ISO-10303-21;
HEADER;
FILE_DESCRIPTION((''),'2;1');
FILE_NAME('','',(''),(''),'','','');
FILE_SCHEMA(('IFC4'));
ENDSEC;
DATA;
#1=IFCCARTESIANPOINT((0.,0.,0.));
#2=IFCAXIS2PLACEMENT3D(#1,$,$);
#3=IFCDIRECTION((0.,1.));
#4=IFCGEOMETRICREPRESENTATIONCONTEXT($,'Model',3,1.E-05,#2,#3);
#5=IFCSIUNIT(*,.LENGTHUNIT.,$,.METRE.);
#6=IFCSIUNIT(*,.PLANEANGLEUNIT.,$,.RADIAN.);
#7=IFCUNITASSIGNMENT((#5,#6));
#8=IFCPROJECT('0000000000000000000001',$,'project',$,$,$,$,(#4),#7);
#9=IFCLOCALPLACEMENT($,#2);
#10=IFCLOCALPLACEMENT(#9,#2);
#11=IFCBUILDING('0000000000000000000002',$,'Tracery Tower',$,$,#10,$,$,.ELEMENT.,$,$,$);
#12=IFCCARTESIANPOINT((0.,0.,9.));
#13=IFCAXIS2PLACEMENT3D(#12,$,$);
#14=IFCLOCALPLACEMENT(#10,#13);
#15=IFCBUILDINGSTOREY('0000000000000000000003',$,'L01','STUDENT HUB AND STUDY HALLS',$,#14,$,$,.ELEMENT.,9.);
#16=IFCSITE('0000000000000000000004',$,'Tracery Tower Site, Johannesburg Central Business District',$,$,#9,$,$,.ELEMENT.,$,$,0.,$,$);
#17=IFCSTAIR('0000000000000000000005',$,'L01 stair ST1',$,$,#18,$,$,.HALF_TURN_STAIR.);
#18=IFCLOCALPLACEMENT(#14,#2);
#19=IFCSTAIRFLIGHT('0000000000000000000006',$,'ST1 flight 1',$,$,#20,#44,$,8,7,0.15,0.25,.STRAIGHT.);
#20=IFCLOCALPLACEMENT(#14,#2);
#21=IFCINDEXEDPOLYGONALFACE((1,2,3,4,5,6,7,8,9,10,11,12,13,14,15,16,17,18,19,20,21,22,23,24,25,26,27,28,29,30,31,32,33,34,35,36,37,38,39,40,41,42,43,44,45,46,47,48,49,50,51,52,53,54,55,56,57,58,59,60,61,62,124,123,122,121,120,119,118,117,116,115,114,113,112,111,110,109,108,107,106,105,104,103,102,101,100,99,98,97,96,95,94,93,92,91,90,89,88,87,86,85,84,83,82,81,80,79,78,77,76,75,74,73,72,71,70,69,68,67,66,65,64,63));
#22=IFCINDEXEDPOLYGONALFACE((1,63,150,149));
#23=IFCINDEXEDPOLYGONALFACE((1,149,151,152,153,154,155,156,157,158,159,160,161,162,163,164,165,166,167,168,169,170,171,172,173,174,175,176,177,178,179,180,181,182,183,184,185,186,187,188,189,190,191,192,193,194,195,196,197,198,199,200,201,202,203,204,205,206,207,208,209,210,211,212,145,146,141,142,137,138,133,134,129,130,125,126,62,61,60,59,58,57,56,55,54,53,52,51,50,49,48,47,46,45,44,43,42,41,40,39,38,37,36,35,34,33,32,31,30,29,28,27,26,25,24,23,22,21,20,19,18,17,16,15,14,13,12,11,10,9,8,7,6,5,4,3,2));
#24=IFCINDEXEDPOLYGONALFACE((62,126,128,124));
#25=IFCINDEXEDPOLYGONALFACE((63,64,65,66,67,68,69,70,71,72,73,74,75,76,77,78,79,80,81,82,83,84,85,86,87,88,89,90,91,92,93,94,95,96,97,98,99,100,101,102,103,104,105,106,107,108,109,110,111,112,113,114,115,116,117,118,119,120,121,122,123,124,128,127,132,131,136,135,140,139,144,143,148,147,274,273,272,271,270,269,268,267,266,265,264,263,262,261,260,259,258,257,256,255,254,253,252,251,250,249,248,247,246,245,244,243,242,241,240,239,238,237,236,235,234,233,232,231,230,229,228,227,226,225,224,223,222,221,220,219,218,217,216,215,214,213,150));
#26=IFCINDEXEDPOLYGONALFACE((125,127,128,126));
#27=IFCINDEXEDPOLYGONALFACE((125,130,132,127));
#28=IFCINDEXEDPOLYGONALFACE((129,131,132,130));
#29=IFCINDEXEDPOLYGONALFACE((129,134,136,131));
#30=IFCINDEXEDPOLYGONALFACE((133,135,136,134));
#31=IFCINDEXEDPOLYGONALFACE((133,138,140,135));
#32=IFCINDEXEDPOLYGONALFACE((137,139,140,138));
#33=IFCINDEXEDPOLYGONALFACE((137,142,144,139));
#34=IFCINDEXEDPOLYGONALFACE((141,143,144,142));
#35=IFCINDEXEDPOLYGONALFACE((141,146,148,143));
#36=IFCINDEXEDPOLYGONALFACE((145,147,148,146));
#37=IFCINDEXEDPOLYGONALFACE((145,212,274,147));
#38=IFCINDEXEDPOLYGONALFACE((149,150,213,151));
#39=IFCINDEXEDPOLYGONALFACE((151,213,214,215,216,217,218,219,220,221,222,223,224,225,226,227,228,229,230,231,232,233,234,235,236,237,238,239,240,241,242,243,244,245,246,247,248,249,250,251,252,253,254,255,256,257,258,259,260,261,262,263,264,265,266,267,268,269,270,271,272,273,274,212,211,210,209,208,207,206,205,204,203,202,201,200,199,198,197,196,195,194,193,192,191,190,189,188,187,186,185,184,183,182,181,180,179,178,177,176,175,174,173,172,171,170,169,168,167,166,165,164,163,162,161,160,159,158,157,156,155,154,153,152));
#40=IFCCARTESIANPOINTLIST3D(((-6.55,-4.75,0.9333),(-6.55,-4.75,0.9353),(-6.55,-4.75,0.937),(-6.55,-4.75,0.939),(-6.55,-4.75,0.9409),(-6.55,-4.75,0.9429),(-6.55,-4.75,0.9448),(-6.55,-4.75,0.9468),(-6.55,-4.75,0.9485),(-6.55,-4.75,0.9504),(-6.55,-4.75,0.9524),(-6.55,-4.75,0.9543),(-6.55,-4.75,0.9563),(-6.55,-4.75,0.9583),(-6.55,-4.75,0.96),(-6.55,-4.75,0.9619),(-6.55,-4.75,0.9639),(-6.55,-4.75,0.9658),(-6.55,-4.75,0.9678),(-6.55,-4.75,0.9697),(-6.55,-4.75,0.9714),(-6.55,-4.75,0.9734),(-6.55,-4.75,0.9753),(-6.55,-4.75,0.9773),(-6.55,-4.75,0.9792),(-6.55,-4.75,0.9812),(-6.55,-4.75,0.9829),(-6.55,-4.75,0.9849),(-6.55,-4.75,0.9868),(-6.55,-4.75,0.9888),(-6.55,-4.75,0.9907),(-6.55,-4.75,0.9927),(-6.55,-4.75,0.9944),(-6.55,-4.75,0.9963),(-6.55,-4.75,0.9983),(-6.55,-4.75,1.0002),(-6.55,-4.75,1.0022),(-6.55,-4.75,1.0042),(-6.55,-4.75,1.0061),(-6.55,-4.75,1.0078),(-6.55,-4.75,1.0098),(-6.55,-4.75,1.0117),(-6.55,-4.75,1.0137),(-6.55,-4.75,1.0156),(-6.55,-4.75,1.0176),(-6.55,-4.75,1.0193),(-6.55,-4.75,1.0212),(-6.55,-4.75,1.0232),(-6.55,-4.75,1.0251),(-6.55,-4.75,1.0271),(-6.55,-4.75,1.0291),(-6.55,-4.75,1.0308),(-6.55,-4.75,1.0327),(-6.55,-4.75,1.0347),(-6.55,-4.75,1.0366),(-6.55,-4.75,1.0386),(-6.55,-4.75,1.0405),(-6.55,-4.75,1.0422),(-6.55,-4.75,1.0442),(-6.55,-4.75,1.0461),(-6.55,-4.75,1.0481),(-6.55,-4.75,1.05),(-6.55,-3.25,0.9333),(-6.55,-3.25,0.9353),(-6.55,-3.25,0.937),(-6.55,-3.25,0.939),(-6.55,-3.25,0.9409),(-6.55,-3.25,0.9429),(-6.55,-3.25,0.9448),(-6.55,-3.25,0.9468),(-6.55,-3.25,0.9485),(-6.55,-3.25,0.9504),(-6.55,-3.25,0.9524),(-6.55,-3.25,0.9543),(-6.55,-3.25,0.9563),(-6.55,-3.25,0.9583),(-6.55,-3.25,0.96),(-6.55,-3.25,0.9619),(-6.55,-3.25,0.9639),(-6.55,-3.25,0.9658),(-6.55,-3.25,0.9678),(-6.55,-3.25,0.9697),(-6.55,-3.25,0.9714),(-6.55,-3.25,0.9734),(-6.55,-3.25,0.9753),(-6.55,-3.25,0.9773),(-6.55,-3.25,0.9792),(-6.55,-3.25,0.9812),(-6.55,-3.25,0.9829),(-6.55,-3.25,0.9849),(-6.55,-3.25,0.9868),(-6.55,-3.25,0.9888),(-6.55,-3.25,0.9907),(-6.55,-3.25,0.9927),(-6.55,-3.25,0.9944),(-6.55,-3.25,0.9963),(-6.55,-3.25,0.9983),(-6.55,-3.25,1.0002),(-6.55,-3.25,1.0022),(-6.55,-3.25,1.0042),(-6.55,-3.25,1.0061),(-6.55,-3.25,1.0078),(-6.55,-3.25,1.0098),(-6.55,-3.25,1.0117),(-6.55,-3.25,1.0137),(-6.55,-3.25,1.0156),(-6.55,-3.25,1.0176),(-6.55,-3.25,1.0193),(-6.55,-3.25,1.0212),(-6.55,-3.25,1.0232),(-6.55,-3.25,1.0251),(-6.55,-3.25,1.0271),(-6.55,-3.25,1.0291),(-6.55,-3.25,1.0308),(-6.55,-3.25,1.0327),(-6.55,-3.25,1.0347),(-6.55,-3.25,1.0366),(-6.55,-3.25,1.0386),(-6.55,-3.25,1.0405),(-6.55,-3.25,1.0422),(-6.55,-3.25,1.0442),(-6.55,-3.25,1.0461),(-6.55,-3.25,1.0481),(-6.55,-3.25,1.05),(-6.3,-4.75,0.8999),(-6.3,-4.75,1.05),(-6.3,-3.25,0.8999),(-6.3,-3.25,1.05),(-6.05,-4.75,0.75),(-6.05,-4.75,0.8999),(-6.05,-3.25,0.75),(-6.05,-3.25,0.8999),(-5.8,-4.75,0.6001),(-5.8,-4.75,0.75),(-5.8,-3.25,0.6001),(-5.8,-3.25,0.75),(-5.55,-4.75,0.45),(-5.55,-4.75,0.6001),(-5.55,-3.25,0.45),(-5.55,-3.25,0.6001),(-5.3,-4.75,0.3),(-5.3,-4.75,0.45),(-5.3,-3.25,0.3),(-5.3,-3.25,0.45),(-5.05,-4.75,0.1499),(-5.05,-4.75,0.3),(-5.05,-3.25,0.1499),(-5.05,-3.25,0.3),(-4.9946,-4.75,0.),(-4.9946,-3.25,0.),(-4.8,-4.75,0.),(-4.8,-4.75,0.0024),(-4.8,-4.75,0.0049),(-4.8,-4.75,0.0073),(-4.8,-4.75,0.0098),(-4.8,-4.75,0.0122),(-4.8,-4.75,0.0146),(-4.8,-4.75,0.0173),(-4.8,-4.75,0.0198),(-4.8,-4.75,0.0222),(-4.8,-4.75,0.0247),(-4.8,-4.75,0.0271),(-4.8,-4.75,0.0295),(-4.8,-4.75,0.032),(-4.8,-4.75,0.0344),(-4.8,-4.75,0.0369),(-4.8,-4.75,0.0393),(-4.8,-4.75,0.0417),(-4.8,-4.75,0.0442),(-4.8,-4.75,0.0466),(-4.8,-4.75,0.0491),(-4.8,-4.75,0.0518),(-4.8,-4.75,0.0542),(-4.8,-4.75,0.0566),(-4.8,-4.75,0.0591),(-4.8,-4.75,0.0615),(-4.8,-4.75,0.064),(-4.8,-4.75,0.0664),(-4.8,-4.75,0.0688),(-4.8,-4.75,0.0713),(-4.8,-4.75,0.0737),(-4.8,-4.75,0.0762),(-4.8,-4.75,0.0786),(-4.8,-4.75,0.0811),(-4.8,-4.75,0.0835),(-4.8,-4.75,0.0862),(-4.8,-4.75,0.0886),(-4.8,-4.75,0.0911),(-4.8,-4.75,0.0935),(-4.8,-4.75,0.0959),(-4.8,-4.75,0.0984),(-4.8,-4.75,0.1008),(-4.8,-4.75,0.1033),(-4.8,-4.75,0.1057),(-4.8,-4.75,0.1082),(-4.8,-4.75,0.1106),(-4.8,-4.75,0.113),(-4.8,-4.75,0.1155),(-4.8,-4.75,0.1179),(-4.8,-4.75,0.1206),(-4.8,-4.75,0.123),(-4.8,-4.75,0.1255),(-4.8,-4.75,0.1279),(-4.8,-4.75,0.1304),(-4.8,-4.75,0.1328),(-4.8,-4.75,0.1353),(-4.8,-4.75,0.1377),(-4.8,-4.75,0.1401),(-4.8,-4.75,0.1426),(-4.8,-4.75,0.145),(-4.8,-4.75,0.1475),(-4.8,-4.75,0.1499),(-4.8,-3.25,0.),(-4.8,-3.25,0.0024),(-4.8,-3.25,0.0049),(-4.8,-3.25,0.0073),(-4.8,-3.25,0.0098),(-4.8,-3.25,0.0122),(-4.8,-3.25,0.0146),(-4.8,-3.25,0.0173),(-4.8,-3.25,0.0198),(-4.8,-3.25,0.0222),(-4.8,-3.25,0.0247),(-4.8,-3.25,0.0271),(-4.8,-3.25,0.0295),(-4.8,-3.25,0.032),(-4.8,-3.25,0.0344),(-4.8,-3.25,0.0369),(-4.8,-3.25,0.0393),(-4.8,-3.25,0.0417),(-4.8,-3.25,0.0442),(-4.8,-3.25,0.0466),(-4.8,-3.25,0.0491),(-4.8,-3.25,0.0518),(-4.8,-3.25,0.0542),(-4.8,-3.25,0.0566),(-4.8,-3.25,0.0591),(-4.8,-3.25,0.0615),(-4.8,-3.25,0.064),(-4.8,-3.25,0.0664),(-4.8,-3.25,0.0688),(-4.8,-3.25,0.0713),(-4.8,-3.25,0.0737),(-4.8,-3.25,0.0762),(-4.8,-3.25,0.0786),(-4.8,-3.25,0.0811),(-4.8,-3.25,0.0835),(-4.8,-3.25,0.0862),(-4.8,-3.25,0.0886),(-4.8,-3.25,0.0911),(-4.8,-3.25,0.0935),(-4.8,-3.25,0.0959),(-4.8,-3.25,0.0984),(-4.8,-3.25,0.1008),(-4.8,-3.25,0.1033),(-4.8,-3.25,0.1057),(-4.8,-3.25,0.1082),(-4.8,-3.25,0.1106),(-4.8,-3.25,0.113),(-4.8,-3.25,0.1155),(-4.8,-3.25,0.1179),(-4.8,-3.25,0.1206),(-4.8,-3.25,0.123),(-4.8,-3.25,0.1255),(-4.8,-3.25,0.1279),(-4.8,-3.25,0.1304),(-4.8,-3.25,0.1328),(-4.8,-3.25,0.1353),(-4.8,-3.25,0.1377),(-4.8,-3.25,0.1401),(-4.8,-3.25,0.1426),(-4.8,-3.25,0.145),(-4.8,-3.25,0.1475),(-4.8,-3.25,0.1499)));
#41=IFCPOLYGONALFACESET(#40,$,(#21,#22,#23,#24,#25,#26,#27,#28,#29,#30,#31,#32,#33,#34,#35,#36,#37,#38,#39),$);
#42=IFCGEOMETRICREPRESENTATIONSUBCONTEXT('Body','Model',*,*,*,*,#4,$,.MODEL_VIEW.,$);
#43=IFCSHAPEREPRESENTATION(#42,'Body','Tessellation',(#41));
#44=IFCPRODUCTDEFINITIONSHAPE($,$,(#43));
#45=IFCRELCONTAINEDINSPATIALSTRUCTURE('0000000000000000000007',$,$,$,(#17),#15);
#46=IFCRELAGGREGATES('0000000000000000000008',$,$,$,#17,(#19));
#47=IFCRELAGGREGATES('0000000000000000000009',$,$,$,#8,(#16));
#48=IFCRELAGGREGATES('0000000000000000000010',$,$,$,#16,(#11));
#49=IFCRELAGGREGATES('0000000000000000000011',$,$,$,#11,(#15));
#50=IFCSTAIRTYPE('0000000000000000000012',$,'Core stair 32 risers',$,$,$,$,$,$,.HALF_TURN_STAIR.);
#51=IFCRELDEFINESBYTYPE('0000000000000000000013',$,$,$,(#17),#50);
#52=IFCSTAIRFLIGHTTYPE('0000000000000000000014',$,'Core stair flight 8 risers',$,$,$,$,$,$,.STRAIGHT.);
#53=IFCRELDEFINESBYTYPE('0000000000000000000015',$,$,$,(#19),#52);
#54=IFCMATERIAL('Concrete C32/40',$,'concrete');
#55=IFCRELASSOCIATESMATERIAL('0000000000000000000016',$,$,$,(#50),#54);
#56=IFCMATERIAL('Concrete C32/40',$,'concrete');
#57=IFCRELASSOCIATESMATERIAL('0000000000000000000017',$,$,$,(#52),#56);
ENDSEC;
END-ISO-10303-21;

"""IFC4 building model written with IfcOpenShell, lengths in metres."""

from ifc_helpers import new_model, si_unit, direction, frame, origin, place, context, subcontext, project, spatial, polyline, outline, extrude, material, type_object, element, aggregate, save


model = new_model("IFC4")

# Units and contexts
model_context = context("Model", 3, precision=1e-05, world=origin(), true_north=direction((0.0, 1.0)))
body_context = subcontext(model_context, "Body", "Model", "MODEL_VIEW")
ifc_project = project(units=[si_unit("LENGTHUNIT", "METRE"), si_unit("PLANEANGLEUNIT", "RADIAN")], contexts=[model_context])

# Site, building, storey
site_placement = place(None, origin())
site = spatial("IfcSite", under=ifc_project, at=site_placement, Name="Tracery Tower Site, Johannesburg Central Business District", CompositionType="ELEMENT", RefElevation=0.0)
building_placement = place(site_placement, origin())
building = spatial("IfcBuilding", under=site, at=building_placement, Name="Tracery Tower", CompositionType="ELEMENT")
storey_placement = place(building_placement, frame((0.0, 0.0, 9.0)))
storey = spatial("IfcBuildingStorey", under=building, at=storey_placement, Name="L01", Description="STUDENT HUB AND STUDY HALLS", CompositionType="ELEMENT", Elevation=9.0)

# Stair, stair flight
ifc_material_1 = material(Name="Concrete C32/40", Category="concrete")
stair_type = type_object("IfcStairType", Name="Core stair 32 risers", PredefinedType="HALF_TURN_STAIR", material=ifc_material_1)
stair_placement = place(storey_placement, origin())
stair = element("IfcStair", 1, at=stair_placement, inside=storey, type_object=stair_type, Name="L01 stair ST1", PredefinedType="HALF_TURN_STAIR")
ifc_material_2 = material(Name="Concrete C32/40", Category="concrete")
stair_flight_type = type_object("IfcStairFlightType", Name="Core stair flight 8 risers", PredefinedType="STRAIGHT", material=ifc_material_2)
stair_flight_1_placement = place(storey_placement, frame((-4.8, -4.0, 0.0), z_axis=(0.0, 0.0, 1.0), x_axis=(-1.0, 0.0, 0.0)))
stair_flight_1 = element("IfcStairFlight", 2, at=stair_flight_1_placement, type_object=stair_flight_type, Name="ST1 flight 1", NumberOfRisers=8, NumberOfTreads=7, PredefinedType="STRAIGHT", RiserHeight=0.15, TreadLength=0.25, context=body_context, shape_type="SweptSolid", body=[
    extrude(outline(polyline([(0.0, 0.0), (0.0, 0.0024), (0.0, 0.0049), (0.0, 0.0073), (0.0, 0.0098), (0.0, 0.0122), (0.0, 0.0146), (0.0, 0.0173), (0.0, 0.0198), (0.0, 0.0222), (0.0, 0.0247), (0.0, 0.0271), (0.0, 0.0295), (0.0, 0.032), (0.0, 0.0344), (0.0, 0.0369), (0.0, 0.0393), (0.0, 0.0417), (0.0, 0.0442), (0.0, 0.0466), (0.0, 0.0491), (0.0, 0.0518), (0.0, 0.0542), (0.0, 0.0566), (0.0, 0.0591), (0.0, 0.0615), (0.0, 0.064), (0.0, 0.0664), (0.0, 0.0688), (0.0, 0.0713), (0.0, 0.0737), (0.0, 0.0762), (0.0, 0.0786), (0.0, 0.0811), (0.0, 0.0835), (0.0, 0.0862), (0.0, 0.0886), (0.0, 0.0911), (0.0, 0.0935), (0.0, 0.0959), (0.0, 0.0984), (0.0, 0.1008), (0.0, 0.1033), (0.0, 0.1057), (0.0, 0.1082), (0.0, 0.1106), (0.0, 0.113), (0.0, 0.1155), (0.0, 0.1179), (0.0, 0.1206), (0.0, 0.123), (0.0, 0.1255), (0.0, 0.1279), (0.0, 0.1304), (0.0, 0.1328), (0.0, 0.1353), (0.0, 0.1377), (0.0, 0.1401), (0.0, 0.1426), (0.0, 0.145), (0.0, 0.1475), (0.0, 0.1499), (0.25, 0.1499), (0.25, 0.3), (0.5, 0.3), (0.5, 0.45), (0.75, 0.45), (0.75, 0.6001), (1.0, 0.6001), (1.0, 0.75), (1.25, 0.75), (1.25, 0.8999), (1.5, 0.8999), (1.5, 1.05), (1.75, 1.05), (1.75, 1.0481), (1.75, 1.0461), (1.75, 1.0442), (1.75, 1.0422), (1.75, 1.0405), (1.75, 1.0386), (1.75, 1.0366), (1.75, 1.0347), (1.75, 1.0327), (1.75, 1.0308), (1.75, 1.0291), (1.75, 1.0271), (1.75, 1.0251), (1.75, 1.0232), (1.75, 1.0212), (1.75, 1.0193), (1.75, 1.0176), (1.75, 1.0156), (1.75, 1.0137), (1.75, 1.0117), (1.75, 1.0098), (1.75, 1.0078), (1.75, 1.0061), (1.75, 1.0042), (1.75, 1.0022), (1.75, 1.0002), (1.75, 0.9983), (1.75, 0.9963), (1.75, 0.9944), (1.75, 0.9927), (1.75, 0.9907), (1.75, 0.9888), (1.75, 0.9868), (1.75, 0.9849), (1.75, 0.9829), (1.75, 0.9812), (1.75, 0.9792), (1.75, 0.9773), (1.75, 0.9753), (1.75, 0.9734), (1.75, 0.9714), (1.75, 0.9697), (1.75, 0.9678), (1.75, 0.9658), (1.75, 0.9639), (1.75, 0.9619), (1.75, 0.96), (1.75, 0.9583), (1.75, 0.9563), (1.75, 0.9543), (1.75, 0.9524), (1.75, 0.9504), (1.75, 0.9485), (1.75, 0.9468), (1.75, 0.9448), (1.75, 0.9429), (1.75, 0.9409), (1.75, 0.939), (1.75, 0.937), (1.75, 0.9353), (1.75, 0.9333), (0.1946, 0.0), (0.0, 0.0)])), frame((0.0, 0.75, 0.0), z_axis=(0.0, -1.0, 0.0), x_axis=(1.0, 0.0, 0.0)), (0.0, 0.0, 1.0), 1.5),
])
aggregate(stair, [stair_flight_1])

save(model, "model.ifc")
